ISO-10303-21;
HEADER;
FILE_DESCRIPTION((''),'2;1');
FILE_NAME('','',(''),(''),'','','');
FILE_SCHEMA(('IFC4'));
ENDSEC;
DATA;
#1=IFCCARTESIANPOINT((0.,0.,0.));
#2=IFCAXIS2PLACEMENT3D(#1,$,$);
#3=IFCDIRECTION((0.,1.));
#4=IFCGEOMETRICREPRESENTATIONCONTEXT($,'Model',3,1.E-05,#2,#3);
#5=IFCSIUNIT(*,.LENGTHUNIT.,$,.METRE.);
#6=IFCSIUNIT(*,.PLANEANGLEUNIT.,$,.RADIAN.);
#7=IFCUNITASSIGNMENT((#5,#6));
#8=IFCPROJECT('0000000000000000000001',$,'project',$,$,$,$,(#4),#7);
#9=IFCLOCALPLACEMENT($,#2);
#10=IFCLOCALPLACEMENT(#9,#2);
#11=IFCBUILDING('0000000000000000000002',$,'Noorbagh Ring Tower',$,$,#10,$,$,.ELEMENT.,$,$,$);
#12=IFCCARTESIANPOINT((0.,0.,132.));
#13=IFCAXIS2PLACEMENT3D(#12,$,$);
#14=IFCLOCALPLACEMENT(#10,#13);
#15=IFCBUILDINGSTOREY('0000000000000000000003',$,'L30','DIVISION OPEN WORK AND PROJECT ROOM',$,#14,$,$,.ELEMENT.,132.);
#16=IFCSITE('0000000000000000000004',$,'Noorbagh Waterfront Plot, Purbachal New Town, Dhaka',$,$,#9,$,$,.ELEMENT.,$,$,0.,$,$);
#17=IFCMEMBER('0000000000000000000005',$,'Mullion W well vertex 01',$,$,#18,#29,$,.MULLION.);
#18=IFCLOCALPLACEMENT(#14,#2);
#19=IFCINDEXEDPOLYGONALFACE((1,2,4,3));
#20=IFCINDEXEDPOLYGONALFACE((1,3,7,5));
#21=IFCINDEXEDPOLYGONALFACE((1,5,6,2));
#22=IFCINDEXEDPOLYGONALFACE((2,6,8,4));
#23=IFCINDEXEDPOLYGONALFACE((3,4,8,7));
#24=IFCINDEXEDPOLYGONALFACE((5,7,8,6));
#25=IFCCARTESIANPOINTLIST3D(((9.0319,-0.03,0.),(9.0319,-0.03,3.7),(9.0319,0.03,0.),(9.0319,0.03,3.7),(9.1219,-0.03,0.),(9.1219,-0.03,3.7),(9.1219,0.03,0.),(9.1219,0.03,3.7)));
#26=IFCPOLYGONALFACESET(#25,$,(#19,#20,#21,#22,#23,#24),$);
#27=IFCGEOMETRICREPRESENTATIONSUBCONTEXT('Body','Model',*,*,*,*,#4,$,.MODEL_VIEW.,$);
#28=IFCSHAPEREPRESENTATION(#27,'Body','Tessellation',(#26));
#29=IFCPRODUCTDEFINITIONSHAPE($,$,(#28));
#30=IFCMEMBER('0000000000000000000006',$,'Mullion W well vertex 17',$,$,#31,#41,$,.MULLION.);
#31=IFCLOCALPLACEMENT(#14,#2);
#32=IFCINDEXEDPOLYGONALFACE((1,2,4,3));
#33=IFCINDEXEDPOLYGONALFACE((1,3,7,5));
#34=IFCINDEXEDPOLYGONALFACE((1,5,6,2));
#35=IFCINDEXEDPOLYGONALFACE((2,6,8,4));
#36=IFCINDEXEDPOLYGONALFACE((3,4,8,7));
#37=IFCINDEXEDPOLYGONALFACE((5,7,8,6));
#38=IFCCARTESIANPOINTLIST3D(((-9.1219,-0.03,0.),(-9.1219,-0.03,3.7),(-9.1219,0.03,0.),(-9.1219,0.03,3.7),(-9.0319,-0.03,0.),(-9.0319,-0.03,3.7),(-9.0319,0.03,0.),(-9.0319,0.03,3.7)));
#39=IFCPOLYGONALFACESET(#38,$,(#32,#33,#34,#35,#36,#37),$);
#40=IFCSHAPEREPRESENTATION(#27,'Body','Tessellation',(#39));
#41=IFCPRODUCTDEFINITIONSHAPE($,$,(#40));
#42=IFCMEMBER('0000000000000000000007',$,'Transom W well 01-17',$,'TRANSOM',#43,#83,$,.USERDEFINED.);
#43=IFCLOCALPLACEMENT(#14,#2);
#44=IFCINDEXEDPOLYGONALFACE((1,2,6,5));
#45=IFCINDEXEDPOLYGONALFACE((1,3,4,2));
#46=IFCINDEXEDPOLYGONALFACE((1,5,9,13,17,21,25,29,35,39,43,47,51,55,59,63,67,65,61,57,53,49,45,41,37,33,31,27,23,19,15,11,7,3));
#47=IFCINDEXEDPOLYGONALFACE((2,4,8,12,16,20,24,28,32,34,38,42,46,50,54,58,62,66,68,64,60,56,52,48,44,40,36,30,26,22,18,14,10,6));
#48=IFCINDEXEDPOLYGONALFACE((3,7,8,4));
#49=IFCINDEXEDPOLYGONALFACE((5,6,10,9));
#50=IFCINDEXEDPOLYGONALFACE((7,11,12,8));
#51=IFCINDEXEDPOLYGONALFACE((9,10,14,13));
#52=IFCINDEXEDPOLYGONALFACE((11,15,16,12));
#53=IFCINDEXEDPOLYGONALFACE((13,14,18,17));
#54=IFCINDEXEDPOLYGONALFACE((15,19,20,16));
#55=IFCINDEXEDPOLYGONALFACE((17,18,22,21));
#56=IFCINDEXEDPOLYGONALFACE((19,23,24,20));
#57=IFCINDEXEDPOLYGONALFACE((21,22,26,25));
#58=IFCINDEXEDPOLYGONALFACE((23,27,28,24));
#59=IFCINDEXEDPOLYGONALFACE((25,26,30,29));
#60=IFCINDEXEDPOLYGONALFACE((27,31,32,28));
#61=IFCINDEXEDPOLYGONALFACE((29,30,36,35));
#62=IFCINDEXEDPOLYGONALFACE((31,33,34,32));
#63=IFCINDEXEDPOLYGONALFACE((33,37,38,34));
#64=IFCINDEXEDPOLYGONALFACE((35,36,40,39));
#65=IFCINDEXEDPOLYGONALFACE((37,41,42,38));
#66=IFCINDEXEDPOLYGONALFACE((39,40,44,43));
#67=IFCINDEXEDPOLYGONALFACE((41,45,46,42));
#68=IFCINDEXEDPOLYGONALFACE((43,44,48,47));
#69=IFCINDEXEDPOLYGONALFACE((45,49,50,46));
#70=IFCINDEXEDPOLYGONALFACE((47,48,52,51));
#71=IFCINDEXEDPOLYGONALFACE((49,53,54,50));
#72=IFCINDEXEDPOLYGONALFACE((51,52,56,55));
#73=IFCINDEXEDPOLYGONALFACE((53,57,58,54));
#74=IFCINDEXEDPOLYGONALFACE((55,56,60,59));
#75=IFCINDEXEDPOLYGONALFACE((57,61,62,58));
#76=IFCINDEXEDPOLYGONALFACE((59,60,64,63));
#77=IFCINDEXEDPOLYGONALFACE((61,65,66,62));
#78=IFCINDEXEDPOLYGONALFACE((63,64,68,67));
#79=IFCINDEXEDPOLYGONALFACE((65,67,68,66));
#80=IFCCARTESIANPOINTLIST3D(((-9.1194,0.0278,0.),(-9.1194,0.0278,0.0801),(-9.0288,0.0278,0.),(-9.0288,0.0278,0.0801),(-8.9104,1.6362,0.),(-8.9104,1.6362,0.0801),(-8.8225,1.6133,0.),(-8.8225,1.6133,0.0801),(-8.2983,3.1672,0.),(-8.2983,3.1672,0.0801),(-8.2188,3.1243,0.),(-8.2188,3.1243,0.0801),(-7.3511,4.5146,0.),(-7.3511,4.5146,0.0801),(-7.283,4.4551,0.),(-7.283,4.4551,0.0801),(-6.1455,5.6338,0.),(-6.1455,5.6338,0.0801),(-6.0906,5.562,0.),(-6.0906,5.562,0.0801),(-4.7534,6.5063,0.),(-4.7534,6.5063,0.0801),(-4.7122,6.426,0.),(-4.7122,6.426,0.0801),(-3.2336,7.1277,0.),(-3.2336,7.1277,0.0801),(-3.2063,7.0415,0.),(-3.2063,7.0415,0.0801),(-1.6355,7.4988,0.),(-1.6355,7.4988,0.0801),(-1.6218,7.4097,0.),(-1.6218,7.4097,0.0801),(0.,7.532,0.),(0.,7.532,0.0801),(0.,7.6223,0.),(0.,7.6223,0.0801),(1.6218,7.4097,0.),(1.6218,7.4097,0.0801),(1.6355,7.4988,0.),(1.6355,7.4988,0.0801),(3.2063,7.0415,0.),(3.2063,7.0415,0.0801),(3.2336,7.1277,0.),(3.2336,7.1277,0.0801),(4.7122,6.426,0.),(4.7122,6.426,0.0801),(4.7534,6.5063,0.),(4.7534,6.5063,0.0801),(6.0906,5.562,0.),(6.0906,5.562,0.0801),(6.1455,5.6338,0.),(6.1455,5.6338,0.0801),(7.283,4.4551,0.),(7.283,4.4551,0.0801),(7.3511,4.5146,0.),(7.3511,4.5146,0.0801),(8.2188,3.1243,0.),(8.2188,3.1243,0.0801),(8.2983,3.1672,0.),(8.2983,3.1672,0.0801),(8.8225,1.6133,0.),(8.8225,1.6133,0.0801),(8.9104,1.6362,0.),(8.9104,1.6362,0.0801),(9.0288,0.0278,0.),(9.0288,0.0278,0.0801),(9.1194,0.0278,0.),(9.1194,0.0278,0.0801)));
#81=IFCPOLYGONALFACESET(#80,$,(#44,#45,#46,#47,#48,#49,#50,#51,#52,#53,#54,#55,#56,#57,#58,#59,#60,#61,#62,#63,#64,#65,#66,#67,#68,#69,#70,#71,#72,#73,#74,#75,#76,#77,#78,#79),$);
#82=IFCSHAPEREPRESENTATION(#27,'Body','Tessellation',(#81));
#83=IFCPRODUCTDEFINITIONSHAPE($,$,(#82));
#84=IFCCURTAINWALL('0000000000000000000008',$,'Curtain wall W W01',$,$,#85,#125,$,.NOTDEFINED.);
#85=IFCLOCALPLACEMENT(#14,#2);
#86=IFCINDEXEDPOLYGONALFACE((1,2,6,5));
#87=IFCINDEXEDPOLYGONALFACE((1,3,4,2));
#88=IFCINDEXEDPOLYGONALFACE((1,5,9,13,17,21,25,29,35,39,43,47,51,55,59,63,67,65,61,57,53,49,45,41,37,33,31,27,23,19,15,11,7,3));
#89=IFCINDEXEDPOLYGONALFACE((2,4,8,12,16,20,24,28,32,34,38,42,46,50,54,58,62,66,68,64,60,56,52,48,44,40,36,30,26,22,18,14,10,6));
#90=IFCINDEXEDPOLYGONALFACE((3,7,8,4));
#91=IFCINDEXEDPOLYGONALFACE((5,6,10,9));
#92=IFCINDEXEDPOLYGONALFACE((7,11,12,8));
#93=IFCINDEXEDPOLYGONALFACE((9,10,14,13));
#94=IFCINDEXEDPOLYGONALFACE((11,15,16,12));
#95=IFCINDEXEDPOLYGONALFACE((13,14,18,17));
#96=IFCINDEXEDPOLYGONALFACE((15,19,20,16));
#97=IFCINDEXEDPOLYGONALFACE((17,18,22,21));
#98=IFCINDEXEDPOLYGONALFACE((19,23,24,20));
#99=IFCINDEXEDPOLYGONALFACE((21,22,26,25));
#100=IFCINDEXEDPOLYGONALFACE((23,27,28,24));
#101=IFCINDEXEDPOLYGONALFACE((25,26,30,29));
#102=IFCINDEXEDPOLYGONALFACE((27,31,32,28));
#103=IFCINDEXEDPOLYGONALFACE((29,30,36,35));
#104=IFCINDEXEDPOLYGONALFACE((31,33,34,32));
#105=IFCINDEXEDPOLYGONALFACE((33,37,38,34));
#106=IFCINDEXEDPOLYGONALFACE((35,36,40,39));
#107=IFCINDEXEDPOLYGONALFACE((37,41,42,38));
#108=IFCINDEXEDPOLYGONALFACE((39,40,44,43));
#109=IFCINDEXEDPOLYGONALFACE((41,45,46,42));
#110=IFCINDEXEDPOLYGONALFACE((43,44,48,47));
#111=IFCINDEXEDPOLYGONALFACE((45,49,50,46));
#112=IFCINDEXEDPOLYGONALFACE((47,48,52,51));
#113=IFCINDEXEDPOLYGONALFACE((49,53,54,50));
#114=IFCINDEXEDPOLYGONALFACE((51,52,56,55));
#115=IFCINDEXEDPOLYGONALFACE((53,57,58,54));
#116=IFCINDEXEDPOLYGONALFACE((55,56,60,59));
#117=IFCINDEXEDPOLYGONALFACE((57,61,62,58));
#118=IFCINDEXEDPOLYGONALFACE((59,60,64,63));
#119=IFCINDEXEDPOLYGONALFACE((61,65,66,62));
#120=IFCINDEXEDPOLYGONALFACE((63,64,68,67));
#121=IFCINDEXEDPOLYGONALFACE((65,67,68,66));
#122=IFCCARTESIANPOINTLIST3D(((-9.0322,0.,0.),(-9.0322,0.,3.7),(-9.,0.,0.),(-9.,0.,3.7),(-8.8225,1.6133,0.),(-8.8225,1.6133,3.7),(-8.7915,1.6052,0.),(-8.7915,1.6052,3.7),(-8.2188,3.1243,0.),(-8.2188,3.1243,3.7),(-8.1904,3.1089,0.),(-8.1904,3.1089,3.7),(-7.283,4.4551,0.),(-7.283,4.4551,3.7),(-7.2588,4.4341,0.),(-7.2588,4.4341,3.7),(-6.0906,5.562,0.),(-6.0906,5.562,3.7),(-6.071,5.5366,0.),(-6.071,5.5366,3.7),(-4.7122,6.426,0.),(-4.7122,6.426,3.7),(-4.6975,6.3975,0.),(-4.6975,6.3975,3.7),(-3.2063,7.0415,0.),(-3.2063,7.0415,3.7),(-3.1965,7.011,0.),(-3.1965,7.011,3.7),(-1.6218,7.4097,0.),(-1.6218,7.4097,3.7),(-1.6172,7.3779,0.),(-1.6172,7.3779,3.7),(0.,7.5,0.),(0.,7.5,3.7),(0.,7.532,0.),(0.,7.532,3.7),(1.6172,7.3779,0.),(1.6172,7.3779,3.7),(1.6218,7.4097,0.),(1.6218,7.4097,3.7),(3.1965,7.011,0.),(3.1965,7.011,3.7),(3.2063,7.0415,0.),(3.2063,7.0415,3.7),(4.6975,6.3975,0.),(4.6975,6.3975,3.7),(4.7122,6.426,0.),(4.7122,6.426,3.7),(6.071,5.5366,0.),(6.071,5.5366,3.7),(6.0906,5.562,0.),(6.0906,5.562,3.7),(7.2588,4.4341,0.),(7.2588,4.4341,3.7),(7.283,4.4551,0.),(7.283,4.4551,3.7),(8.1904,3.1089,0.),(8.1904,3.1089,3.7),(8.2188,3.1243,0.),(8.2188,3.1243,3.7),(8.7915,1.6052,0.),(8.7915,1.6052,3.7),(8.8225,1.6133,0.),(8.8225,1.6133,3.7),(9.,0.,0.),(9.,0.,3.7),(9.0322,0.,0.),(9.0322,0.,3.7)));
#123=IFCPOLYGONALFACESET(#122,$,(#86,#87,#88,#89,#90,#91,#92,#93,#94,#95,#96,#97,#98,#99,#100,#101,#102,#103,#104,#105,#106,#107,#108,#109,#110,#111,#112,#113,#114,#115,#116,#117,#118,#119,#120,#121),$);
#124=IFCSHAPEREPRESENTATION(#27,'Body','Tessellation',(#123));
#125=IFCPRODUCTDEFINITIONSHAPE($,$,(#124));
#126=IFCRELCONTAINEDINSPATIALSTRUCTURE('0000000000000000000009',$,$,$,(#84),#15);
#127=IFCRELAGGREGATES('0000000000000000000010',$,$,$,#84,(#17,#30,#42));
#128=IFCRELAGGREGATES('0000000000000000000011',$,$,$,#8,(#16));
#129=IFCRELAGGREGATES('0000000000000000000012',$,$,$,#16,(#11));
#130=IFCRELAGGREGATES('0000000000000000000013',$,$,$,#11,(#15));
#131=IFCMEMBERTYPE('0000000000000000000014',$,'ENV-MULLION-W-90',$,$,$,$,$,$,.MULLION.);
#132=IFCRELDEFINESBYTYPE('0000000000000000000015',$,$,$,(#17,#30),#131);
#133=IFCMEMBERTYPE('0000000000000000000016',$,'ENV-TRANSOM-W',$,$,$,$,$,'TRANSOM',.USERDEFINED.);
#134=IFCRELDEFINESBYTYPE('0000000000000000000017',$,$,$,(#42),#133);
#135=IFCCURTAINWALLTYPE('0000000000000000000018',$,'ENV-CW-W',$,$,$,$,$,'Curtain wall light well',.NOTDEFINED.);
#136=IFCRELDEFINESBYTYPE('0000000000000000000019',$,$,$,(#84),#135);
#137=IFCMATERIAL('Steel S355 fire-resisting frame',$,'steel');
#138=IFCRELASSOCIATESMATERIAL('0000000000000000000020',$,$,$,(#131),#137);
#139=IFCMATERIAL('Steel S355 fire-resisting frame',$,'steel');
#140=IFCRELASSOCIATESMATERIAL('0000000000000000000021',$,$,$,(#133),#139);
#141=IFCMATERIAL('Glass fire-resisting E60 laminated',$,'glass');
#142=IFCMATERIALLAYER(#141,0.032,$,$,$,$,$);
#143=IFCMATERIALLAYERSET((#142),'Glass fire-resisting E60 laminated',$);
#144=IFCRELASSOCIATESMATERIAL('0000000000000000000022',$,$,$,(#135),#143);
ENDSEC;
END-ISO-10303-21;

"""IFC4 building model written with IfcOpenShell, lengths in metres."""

from ifc_helpers import new_model, si_unit, direction, frame, origin, origin_2d, place, context, subcontext, project, spatial, polyline, rectangle, outline, extrude, material, layer, layer_set, material_profile, profile_set, type_object, element, aggregate, save


model = new_model("IFC4")

# Units and contexts
model_context = context("Model", 3, precision=1e-05, world=origin(), true_north=direction((0.0, 1.0)))
body_context = subcontext(model_context, "Body", "Model", "MODEL_VIEW")
ifc_project = project(units=[si_unit("LENGTHUNIT", "METRE"), si_unit("PLANEANGLEUNIT", "RADIAN")], contexts=[model_context])

# Site, building, storey
site_placement = place(None, origin())
site = spatial("IfcSite", under=ifc_project, at=site_placement, Name="Noorbagh Waterfront Plot, Purbachal New Town, Dhaka", CompositionType="ELEMENT", RefElevation=0.0)
building_placement = place(site_placement, origin())
building = spatial("IfcBuilding", under=site, at=building_placement, Name="Noorbagh Ring Tower", CompositionType="ELEMENT")
storey_placement = place(building_placement, frame((0.0, 0.0, 132.0)))
storey = spatial("IfcBuildingStorey", under=building, at=storey_placement, Name="L30", Description="DIVISION OPEN WORK AND PROJECT ROOM", CompositionType="ELEMENT", Elevation=132.0)

# Members
ifc_material_1 = material(Name="Steel S355 fire-resisting frame", Category="steel")
ifc_material_profile_1 = material_profile(ifc_material_1, rectangle(XDim=0.0901, YDim=0.0601, at=origin_2d()), Name="90x60")
ifc_profile_set_1 = profile_set([ifc_material_profile_1], Name="Steel S355 fire-resisting frame")
member_type_1 = type_object("IfcMemberType", Name="ENV-MULLION-W-90", PredefinedType="MULLION", material=ifc_profile_set_1)
member_1_placement = place(storey_placement, frame((9.0769, 0.0, 0.0), z_axis=(0.0, 0.0, 1.0), x_axis=(1.0, 0.0, 0.0)))
member_1 = element("IfcMember", 1, at=member_1_placement, type_object=member_type_1, Name="Mullion W well vertex 01", PredefinedType="MULLION", context=body_context, shape_type="SweptSolid", body=[
    extrude(rectangle(XDim=0.0901, YDim=0.0601, at=origin_2d()), origin(), (0.0, 0.0, 1.0), 3.7),
])
member_2_placement = place(storey_placement, frame((-9.0769, 0.0, 0.0), z_axis=(0.0, 0.0, 1.0), x_axis=(-1.0, 0.0, 0.0)))
member_2 = element("IfcMember", 2, at=member_2_placement, type_object=member_type_1, Name="Mullion W well vertex 17", PredefinedType="MULLION", context=body_context, shape_type="SweptSolid", body=[
    extrude(rectangle(XDim=0.0901, YDim=0.0601, at=origin_2d()), origin(), (0.0, 0.0, 1.0), 3.7),
])
ifc_material_2 = material(Name="Steel S355 fire-resisting frame", Category="steel")
member_type_2 = type_object("IfcMemberType", Name="ENV-TRANSOM-W", ElementType="TRANSOM", PredefinedType="USERDEFINED", material=ifc_material_2)
member_3_placement = place(storey_placement, origin())
member_3 = element("IfcMember", 3, at=member_3_placement, type_object=member_type_2, Name="Transom W well 01-17", ObjectType="TRANSOM", PredefinedType="USERDEFINED", context=body_context, shape_type="SweptSolid", body=[
    extrude(outline(polyline([(9.1194, 0.0278), (8.9104, 1.6362), (8.2983, 3.1672), (7.3511, 4.5146), (6.1455, 5.6338), (4.7534, 6.5063), (3.2336, 7.1277), (1.6355, 7.4988), (0.0, 7.6223), (-1.6355, 7.4988), (-3.2336, 7.1277), (-4.7534, 6.5063), (-6.1455, 5.6338), (-7.3511, 4.5146), (-8.2983, 3.1672), (-8.9104, 1.6362), (-9.1194, 0.0278), (-9.0288, 0.0278), (-8.8225, 1.6133), (-8.2188, 3.1243), (-7.283, 4.4551), (-6.0906, 5.562), (-4.7122, 6.426), (-3.2063, 7.0415), (-1.6218, 7.4097), (0.0, 7.532), (1.6218, 7.4097), (3.2063, 7.0415), (4.7122, 6.426), (6.0906, 5.562), (7.283, 4.4551), (8.2188, 3.1243), (8.8225, 1.6133), (9.0288, 0.0278), (9.1194, 0.0278)])), origin(), (0.0, 0.0, 1.0), 0.0801),
])

# Curtain wall
ifc_material_3 = material(Name="Glass fire-resisting E60 laminated", Category="glass")
ifc_layer_1 = layer(ifc_material_3, 0.032)
ifc_layer_set_1 = layer_set([ifc_layer_1], Name="Glass fire-resisting E60 laminated")
curtain_wall_type_1 = type_object("IfcCurtainWallType", Name="ENV-CW-W", ElementType="Curtain wall light well", PredefinedType="NOTDEFINED", material=ifc_layer_set_1)
curtain_wall_1_placement = place(storey_placement, origin())
curtain_wall_1 = element("IfcCurtainWall", 4, at=curtain_wall_1_placement, inside=storey, type_object=curtain_wall_type_1, Name="Curtain wall W W01", PredefinedType="NOTDEFINED", context=body_context, shape_type="SweptSolid", body=[
    extrude(outline(polyline([(9.0322, 0.0), (8.8225, 1.6133), (8.2188, 3.1243), (7.283, 4.4551), (6.0906, 5.562), (4.7122, 6.426), (3.2063, 7.0415), (1.6218, 7.4097), (0.0, 7.532), (-1.6218, 7.4097), (-3.2063, 7.0415), (-4.7122, 6.426), (-6.0906, 5.562), (-7.283, 4.4551), (-8.2188, 3.1243), (-8.8225, 1.6133), (-9.0322, 0.0), (-9.0, 0.0), (-8.7915, 1.6052), (-8.1904, 3.1089), (-7.2588, 4.4341), (-6.071, 5.5366), (-4.6975, 6.3975), (-3.1965, 7.011), (-1.6172, 7.3779), (0.0, 7.5), (1.6172, 7.3779), (3.1965, 7.011), (4.6975, 6.3975), (6.071, 5.5366), (7.2588, 4.4341), (8.1904, 3.1089), (8.7915, 1.6052), (9.0, 0.0), (9.0322, 0.0)])), origin(), (0.0, 0.0, 1.0), 3.7),
])
aggregate(curtain_wall_1, [member_1, member_2, member_3])

save(model, "model.ifc")
